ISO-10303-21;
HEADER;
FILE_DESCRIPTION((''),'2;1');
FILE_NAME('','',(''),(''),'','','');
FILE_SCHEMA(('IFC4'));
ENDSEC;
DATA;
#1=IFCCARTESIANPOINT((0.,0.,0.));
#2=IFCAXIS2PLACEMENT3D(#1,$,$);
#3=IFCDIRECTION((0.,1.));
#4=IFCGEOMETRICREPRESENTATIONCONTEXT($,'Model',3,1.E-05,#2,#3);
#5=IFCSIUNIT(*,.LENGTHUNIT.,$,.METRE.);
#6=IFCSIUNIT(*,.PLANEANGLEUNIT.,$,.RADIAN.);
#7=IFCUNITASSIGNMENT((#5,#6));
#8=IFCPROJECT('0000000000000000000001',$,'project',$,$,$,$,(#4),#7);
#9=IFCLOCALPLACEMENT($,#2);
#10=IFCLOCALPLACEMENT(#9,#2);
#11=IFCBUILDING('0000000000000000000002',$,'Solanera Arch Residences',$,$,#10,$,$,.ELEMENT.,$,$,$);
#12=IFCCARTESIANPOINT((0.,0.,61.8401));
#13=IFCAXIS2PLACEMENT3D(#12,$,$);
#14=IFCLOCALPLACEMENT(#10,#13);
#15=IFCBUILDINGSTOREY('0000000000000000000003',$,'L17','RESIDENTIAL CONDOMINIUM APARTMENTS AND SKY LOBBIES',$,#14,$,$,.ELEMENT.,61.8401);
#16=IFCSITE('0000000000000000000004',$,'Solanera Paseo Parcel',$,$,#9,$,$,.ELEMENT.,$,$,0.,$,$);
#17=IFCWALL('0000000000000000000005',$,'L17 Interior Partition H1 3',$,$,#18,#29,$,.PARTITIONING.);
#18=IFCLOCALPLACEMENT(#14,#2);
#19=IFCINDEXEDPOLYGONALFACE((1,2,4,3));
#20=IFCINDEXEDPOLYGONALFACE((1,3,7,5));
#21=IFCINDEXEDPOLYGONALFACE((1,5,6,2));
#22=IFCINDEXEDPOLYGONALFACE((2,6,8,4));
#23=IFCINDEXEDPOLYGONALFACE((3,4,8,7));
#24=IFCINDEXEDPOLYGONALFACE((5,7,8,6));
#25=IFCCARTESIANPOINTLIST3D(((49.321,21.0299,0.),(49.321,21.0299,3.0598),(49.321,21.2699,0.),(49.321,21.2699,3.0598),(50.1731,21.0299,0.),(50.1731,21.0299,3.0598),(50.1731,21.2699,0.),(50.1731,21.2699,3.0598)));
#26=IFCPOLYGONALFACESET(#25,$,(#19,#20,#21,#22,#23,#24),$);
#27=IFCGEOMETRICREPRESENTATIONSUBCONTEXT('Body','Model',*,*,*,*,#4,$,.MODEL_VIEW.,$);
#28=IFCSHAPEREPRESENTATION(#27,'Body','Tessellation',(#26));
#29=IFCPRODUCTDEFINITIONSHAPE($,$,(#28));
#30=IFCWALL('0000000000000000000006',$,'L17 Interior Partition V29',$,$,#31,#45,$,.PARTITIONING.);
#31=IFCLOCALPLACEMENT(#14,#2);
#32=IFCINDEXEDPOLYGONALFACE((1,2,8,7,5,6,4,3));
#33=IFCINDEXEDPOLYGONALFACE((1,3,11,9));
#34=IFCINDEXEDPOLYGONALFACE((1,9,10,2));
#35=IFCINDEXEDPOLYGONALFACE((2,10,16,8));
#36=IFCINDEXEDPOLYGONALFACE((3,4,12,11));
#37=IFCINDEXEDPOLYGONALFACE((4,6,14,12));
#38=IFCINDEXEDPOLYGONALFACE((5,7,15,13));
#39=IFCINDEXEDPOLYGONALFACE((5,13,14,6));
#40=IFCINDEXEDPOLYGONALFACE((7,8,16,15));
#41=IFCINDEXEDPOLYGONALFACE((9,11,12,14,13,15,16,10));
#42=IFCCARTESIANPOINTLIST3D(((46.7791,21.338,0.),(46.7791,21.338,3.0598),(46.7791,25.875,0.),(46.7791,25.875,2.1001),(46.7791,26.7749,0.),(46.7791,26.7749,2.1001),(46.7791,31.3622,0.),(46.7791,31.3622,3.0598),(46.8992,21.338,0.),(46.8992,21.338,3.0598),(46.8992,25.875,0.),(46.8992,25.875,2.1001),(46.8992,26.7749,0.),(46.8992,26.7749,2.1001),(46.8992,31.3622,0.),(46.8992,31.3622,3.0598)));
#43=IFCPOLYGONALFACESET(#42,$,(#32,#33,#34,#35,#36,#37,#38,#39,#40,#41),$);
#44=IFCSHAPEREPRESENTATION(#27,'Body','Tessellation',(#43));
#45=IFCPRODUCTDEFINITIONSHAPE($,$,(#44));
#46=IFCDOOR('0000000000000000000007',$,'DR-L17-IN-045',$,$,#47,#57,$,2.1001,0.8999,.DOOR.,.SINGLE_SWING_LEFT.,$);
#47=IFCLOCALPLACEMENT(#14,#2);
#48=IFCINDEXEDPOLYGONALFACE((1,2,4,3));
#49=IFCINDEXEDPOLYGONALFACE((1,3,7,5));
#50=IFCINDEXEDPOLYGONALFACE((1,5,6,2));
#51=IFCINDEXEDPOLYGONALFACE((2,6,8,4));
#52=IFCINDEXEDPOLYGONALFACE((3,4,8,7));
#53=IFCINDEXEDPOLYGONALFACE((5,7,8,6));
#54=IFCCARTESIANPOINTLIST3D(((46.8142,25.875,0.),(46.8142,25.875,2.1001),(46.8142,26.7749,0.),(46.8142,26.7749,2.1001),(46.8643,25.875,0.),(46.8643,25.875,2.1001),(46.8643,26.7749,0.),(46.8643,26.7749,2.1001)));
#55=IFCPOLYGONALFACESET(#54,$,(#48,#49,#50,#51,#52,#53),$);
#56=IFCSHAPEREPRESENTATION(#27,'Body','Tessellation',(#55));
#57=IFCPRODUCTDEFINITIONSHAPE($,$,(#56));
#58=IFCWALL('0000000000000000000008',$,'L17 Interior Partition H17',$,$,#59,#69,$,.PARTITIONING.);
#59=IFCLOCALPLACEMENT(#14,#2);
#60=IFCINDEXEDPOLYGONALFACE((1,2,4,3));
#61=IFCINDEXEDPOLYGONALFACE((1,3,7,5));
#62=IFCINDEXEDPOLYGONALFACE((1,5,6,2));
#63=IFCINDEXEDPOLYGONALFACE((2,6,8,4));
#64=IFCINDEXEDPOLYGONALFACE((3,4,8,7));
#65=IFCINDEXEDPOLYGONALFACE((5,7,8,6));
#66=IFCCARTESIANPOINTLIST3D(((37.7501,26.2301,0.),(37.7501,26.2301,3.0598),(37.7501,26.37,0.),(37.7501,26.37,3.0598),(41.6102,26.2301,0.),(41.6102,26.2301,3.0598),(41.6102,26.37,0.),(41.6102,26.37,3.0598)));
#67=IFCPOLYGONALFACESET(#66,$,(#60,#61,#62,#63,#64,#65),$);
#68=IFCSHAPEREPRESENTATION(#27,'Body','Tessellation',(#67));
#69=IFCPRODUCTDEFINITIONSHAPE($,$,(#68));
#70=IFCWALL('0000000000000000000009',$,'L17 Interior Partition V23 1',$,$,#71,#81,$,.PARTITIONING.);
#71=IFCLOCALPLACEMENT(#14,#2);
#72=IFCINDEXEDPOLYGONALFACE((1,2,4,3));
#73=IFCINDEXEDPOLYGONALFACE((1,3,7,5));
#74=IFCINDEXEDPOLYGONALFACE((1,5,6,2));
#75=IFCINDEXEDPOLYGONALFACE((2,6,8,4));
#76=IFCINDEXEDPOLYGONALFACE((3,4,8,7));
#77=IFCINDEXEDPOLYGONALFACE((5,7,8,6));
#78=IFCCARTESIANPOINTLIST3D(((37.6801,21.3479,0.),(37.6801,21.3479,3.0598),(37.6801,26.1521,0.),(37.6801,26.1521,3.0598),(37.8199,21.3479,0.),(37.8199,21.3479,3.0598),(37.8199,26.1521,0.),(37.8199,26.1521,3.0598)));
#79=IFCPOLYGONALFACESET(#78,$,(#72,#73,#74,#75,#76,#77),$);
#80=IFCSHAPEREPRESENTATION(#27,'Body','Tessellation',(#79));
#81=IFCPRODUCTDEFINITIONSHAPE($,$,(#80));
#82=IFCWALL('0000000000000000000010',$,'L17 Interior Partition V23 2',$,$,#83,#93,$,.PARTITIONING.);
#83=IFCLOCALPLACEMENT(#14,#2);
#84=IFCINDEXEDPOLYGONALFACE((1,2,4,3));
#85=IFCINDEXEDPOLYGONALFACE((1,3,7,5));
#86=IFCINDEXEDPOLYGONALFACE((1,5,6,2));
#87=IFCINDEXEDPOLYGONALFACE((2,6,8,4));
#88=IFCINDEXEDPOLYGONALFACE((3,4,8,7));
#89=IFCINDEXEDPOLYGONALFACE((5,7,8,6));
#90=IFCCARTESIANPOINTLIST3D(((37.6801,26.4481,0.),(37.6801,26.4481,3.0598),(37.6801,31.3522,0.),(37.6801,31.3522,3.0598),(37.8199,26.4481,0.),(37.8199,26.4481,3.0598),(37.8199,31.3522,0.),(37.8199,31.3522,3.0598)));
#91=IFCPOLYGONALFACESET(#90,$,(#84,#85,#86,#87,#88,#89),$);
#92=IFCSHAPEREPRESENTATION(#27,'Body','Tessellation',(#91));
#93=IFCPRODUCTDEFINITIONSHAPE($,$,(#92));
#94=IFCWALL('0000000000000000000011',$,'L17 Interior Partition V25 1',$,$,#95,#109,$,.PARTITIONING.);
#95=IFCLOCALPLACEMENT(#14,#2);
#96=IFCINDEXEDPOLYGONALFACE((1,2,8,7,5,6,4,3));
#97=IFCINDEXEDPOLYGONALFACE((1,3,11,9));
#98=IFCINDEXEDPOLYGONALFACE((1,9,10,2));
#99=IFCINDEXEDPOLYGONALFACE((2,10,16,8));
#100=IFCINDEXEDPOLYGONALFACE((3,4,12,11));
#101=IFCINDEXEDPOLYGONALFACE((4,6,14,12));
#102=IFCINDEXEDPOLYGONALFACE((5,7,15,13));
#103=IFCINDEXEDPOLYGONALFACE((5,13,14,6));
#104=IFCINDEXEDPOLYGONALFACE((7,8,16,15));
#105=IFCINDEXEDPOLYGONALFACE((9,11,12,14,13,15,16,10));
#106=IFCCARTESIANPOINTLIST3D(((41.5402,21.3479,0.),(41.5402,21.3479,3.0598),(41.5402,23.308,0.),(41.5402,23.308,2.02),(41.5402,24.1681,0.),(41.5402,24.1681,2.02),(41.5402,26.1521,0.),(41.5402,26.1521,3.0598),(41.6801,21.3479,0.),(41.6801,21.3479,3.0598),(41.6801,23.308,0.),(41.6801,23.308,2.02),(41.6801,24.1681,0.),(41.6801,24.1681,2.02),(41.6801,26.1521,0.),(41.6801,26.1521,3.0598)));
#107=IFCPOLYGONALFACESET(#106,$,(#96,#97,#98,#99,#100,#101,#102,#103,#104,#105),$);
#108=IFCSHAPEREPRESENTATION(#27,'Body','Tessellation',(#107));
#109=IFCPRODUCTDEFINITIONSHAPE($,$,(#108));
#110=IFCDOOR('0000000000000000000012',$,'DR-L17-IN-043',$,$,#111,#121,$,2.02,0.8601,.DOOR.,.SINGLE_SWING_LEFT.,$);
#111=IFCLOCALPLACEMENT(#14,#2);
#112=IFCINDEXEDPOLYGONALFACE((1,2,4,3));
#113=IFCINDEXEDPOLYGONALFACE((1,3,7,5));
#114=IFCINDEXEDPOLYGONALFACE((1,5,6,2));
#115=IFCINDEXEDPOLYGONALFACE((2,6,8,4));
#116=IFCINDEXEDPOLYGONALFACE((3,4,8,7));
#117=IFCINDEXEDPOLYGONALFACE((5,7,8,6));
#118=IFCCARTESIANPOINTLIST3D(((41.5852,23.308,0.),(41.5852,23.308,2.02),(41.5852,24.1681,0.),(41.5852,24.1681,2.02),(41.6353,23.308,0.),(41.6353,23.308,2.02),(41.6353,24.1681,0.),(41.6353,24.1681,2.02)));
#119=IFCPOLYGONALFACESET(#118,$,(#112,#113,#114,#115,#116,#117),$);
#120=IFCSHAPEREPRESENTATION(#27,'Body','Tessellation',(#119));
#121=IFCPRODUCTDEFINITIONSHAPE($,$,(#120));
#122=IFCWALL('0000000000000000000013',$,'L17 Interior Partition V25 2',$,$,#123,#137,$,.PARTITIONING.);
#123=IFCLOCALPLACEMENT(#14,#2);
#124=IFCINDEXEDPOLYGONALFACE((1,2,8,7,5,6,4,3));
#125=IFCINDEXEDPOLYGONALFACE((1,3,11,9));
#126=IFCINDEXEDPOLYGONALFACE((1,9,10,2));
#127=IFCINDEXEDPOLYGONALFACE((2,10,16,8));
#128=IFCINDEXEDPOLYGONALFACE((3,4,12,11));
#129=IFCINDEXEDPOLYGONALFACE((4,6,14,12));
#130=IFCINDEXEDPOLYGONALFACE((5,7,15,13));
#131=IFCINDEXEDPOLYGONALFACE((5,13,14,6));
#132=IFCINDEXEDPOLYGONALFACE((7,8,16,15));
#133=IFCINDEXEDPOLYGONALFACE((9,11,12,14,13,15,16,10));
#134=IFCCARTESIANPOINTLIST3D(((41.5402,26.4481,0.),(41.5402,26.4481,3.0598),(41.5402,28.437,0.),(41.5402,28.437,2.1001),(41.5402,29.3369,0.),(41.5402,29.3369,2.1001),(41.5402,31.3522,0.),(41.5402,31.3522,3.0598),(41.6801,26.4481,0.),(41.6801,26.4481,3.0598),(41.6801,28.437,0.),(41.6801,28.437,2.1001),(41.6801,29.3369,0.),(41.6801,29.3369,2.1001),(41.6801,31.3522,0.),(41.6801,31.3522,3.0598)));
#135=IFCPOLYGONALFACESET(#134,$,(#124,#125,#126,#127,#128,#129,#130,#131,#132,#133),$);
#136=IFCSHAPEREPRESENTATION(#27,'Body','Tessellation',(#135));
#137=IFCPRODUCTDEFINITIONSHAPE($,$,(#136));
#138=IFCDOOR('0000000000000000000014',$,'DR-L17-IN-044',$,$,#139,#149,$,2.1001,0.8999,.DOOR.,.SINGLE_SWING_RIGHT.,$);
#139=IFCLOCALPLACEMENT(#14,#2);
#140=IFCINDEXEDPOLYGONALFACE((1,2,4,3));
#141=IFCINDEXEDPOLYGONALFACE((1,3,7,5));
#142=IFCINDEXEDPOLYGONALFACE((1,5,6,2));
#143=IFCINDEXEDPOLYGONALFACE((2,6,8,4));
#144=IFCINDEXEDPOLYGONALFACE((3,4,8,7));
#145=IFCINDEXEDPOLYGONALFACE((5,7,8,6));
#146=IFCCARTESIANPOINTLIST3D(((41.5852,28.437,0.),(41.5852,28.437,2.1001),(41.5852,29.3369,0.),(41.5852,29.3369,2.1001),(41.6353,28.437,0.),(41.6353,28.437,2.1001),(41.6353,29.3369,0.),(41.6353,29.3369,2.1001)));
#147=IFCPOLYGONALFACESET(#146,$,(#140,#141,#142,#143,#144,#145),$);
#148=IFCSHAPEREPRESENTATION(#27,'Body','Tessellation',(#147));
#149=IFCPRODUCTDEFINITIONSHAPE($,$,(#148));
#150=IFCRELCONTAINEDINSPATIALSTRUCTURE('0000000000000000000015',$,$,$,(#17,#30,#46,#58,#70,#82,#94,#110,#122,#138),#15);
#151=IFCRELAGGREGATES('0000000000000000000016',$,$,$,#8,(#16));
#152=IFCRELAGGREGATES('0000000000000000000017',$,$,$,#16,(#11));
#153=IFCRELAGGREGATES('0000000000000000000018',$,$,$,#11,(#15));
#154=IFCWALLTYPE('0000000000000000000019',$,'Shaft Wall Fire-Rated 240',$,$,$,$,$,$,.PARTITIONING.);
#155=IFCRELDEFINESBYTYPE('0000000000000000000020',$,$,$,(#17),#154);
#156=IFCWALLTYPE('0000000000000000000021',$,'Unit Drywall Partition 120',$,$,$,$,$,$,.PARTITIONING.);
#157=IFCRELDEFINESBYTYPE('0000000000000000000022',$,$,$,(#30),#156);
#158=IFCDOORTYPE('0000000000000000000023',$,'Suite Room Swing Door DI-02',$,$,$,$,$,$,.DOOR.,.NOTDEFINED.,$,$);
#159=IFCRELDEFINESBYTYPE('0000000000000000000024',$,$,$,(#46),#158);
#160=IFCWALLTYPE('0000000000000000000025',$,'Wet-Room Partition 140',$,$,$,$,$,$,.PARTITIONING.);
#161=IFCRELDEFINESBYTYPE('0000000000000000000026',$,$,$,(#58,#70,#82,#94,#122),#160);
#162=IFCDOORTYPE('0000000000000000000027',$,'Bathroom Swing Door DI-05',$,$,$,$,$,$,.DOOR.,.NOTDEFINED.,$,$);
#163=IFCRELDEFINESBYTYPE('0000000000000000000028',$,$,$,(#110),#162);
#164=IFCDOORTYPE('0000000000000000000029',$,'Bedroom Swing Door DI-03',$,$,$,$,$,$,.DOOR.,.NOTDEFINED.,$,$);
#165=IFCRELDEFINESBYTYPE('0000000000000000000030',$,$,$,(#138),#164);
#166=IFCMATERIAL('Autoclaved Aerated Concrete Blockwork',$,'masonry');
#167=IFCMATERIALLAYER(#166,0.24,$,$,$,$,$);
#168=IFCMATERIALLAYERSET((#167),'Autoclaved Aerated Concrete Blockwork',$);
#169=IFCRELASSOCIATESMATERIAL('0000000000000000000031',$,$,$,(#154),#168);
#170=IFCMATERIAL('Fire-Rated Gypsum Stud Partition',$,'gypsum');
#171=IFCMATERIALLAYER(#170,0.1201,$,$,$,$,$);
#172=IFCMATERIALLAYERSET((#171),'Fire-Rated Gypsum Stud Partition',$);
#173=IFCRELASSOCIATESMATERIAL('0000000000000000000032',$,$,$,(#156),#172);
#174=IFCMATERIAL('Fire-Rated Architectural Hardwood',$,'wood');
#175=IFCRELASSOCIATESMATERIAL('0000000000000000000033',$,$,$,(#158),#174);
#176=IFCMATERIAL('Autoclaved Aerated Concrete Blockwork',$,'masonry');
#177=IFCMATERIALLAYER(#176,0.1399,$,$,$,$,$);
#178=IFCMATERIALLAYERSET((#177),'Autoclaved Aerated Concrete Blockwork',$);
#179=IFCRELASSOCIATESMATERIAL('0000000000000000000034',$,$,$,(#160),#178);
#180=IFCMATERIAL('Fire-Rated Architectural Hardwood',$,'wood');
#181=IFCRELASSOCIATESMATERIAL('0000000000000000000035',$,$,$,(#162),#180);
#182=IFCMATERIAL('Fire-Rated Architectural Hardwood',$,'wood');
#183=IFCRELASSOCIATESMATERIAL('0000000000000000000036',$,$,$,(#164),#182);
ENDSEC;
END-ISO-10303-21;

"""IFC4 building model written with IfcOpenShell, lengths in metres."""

from ifc_helpers import new_model, si_unit, direction, frame, frame_2d, origin, place, context, subcontext, project, spatial, rectangle, extrude, material, layer, layer_set, type_object, element, fill, save


model = new_model("IFC4")

# Units and contexts
model_context = context("Model", 3, precision=1e-05, world=origin(), true_north=direction((0.0, 1.0)))
body_context = subcontext(model_context, "Body", "Model", "MODEL_VIEW")
ifc_project = project(units=[si_unit("LENGTHUNIT", "METRE"), si_unit("PLANEANGLEUNIT", "RADIAN")], contexts=[model_context])

# Site, building, storey
site_placement = place(None, origin())
site = spatial("IfcSite", under=ifc_project, at=site_placement, Name="Solanera Paseo Parcel", CompositionType="ELEMENT", RefElevation=0.0)
building_placement = place(site_placement, origin())
building = spatial("IfcBuilding", under=site, at=building_placement, Name="Solanera Arch Residences", CompositionType="ELEMENT")
storey_placement = place(building_placement, frame((0.0, 0.0, 61.8401)))
storey = spatial("IfcBuildingStorey", under=building, at=storey_placement, Name="L17", Description="RESIDENTIAL CONDOMINIUM APARTMENTS AND SKY LOBBIES", CompositionType="ELEMENT", Elevation=61.8401)

# Shared definitions
ifc_material_1 = material(Name="Autoclaved Aerated Concrete Blockwork", Category="masonry")
ifc_layer_1 = layer(ifc_material_1, 0.24)
ifc_layer_set_1 = layer_set([ifc_layer_1], Name="Autoclaved Aerated Concrete Blockwork")
wall_type_1 = type_object("IfcWallType", Name="Shaft Wall Fire-Rated 240", PredefinedType="PARTITIONING", material=ifc_layer_set_1)

# Wall
wall_1_placement = place(storey_placement, frame((49.321, 21.1499, 0.0), z_axis=(0.0, 0.0, 1.0), x_axis=(1.0, 0.0, 0.0)))
element("IfcWall", 1, at=wall_1_placement, inside=storey, type_object=wall_type_1, Name="L17 Interior Partition H1 3", PredefinedType="PARTITIONING", context=body_context, shape_type="SweptSolid", body=[
    extrude(rectangle(XDim=0.8521, YDim=0.24, at=frame_2d((0.426, 0.0))), origin(), (0.0, 0.0, 1.0), 3.0598),
])

# Wall, opening, door
ifc_material_2 = material(Name="Fire-Rated Gypsum Stud Partition", Category="gypsum")
ifc_layer_2 = layer(ifc_material_2, 0.1201)
ifc_layer_set_2 = layer_set([ifc_layer_2], Name="Fire-Rated Gypsum Stud Partition")
wall_type_2 = type_object("IfcWallType", Name="Unit Drywall Partition 120", PredefinedType="PARTITIONING", material=ifc_layer_set_2)
wall_2_placement = place(storey_placement, frame((46.8391, 21.3379, 0.0), z_axis=(0.0, 0.0, 1.0), x_axis=(0.0, 1.0, 0.0)))
wall_2 = element("IfcWall", 2, at=wall_2_placement, inside=storey, type_object=wall_type_2, Name="L17 Interior Partition V29", PredefinedType="PARTITIONING", context=body_context, shape_type="SweptSolid", body=[
    extrude(rectangle(XDim=10.0242, YDim=0.1201, at=frame_2d((5.0122, 0.0))), origin(), (0.0, 0.0, 1.0), 3.0598),
])
opening_1_placement = place(wall_2_placement, frame((4.5371, 0.0, 0.0)))
opening_1 = element("IfcOpeningElement", 3, at=opening_1_placement, cuts=wall_2, PredefinedType="OPENING", context=body_context, shape_type="SweptSolid", body=[
    extrude(rectangle(XDim=0.8999, YDim=2.1001, at=frame_2d((0.45, 1.05))), frame((0.0, 0.0701, 0.0), z_axis=(0.0, -1.0, 0.0), x_axis=(1.0, 0.0, 0.0)), (0.0, 0.0, 1.0), 0.1401),
])
ifc_material_3 = material(Name="Fire-Rated Architectural Hardwood", Category="wood")
door_type_1 = type_object("IfcDoorType", Name="Suite Room Swing Door DI-02", OperationType="NOTDEFINED", PredefinedType="DOOR", material=ifc_material_3)
door_1_placement = place(opening_1_placement, origin())
door_1 = element("IfcDoor", 4, at=door_1_placement, inside=storey, type_object=door_type_1, Name="DR-L17-IN-045", OperationType="SINGLE_SWING_LEFT", OverallHeight=2.1001, OverallWidth=0.8999, PredefinedType="DOOR", context=body_context, shape_type="SweptSolid", body=[
    extrude(rectangle(XDim=0.8999, YDim=2.1001, at=frame_2d((0.45, 1.05))), frame((0.0, 0.0249, 0.0), z_axis=(0.0, -1.0, 0.0), x_axis=(1.0, 0.0, 0.0)), (0.0, 0.0, 1.0), 0.05),
])
fill(opening_1, door_1)

# Walls
ifc_material_4 = material(Name="Autoclaved Aerated Concrete Blockwork", Category="masonry")
ifc_layer_3 = layer(ifc_material_4, 0.1399)
ifc_layer_set_3 = layer_set([ifc_layer_3], Name="Autoclaved Aerated Concrete Blockwork")
wall_type_3 = type_object("IfcWallType", Name="Wet-Room Partition 140", PredefinedType="PARTITIONING", material=ifc_layer_set_3)
wall_3_placement = place(storey_placement, frame((37.75, 26.3, 0.0), z_axis=(0.0, 0.0, 1.0), x_axis=(1.0, 0.0, 0.0)))
element("IfcWall", 5, at=wall_3_placement, inside=storey, type_object=wall_type_3, Name="L17 Interior Partition H17", PredefinedType="PARTITIONING", context=body_context, shape_type="SweptSolid", body=[
    extrude(rectangle(XDim=3.8601, YDim=0.1399, at=frame_2d((1.9302, 0.0))), origin(), (0.0, 0.0, 1.0), 3.0598),
])
wall_4_placement = place(storey_placement, frame((37.75, 21.3479, 0.0), z_axis=(0.0, 0.0, 1.0), x_axis=(0.0, 1.0, 0.0)))
element("IfcWall", 6, at=wall_4_placement, inside=storey, type_object=wall_type_3, Name="L17 Interior Partition V23 1", PredefinedType="PARTITIONING", context=body_context, shape_type="SweptSolid", body=[
    extrude(rectangle(XDim=4.8042, YDim=0.1399, at=frame_2d((2.4021, 0.0))), origin(), (0.0, 0.0, 1.0), 3.0598),
])
wall_5_placement = place(storey_placement, frame((37.75, 26.448, 0.0), z_axis=(0.0, 0.0, 1.0), x_axis=(0.0, 1.0, 0.0)))
element("IfcWall", 7, at=wall_5_placement, inside=storey, type_object=wall_type_3, Name="L17 Interior Partition V23 2", PredefinedType="PARTITIONING", context=body_context, shape_type="SweptSolid", body=[
    extrude(rectangle(XDim=4.9041, YDim=0.1399, at=frame_2d((2.4521, 0.0))), origin(), (0.0, 0.0, 1.0), 3.0598),
])

# Walls, openings, doors
wall_6_placement = place(storey_placement, frame((41.6101, 21.3479, 0.0), z_axis=(0.0, 0.0, 1.0), x_axis=(0.0, 1.0, 0.0)))
wall_6 = element("IfcWall", 8, at=wall_6_placement, inside=storey, type_object=wall_type_3, Name="L17 Interior Partition V25 1", PredefinedType="PARTITIONING", context=body_context, shape_type="SweptSolid", body=[
    extrude(rectangle(XDim=4.8042, YDim=0.1399, at=frame_2d((2.4021, 0.0))), origin(), (0.0, 0.0, 1.0), 3.0598),
])
opening_2_placement = place(wall_6_placement, frame((1.96, 0.0, 0.0)))
opening_2 = element("IfcOpeningElement", 9, at=opening_2_placement, cuts=wall_6, PredefinedType="OPENING", context=body_context, shape_type="SweptSolid", body=[
    extrude(rectangle(XDim=0.8601, YDim=2.02, at=frame_2d((0.4302, 1.01))), frame((0.0, 0.0798, 0.0), z_axis=(0.0, -1.0, 0.0), x_axis=(1.0, 0.0, 0.0)), (0.0, 0.0, 1.0), 0.1599),
])
ifc_material_5 = material(Name="Fire-Rated Architectural Hardwood", Category="wood")
door_type_2 = type_object("IfcDoorType", Name="Bathroom Swing Door DI-05", OperationType="NOTDEFINED", PredefinedType="DOOR", material=ifc_material_5)
door_2_placement = place(opening_2_placement, origin())
door_2 = element("IfcDoor", 10, at=door_2_placement, inside=storey, type_object=door_type_2, Name="DR-L17-IN-043", OperationType="SINGLE_SWING_LEFT", OverallHeight=2.02, OverallWidth=0.8601, PredefinedType="DOOR", context=body_context, shape_type="SweptSolid", body=[
    extrude(rectangle(XDim=0.8601, YDim=2.02, at=frame_2d((0.4302, 1.01))), frame((0.0, 0.0249, 0.0), z_axis=(0.0, -1.0, 0.0), x_axis=(1.0, 0.0, 0.0)), (0.0, 0.0, 1.0), 0.05),
])
fill(opening_2, door_2)
wall_7_placement = place(storey_placement, frame((41.6101, 26.448, 0.0), z_axis=(0.0, 0.0, 1.0), x_axis=(0.0, 1.0, 0.0)))
wall_7 = element("IfcWall", 11, at=wall_7_placement, inside=storey, type_object=wall_type_3, Name="L17 Interior Partition V25 2", PredefinedType="PARTITIONING", context=body_context, shape_type="SweptSolid", body=[
    extrude(rectangle(XDim=4.9041, YDim=0.1399, at=frame_2d((2.4521, 0.0))), origin(), (0.0, 0.0, 1.0), 3.0598),
])
opening_3_placement = place(wall_7_placement, frame((1.989, 0.0, 0.0)))
opening_3 = element("IfcOpeningElement", 12, at=opening_3_placement, cuts=wall_7, PredefinedType="OPENING", context=body_context, shape_type="SweptSolid", body=[
    extrude(rectangle(XDim=0.8999, YDim=2.1001, at=frame_2d((0.45, 1.05))), frame((0.0, 0.0798, 0.0), z_axis=(0.0, -1.0, 0.0), x_axis=(1.0, 0.0, 0.0)), (0.0, 0.0, 1.0), 0.1599),
])
ifc_material_6 = material(Name="Fire-Rated Architectural Hardwood", Category="wood")
door_type_3 = type_object("IfcDoorType", Name="Bedroom Swing Door DI-03", OperationType="NOTDEFINED", PredefinedType="DOOR", material=ifc_material_6)
door_3_placement = place(opening_3_placement, origin())
door_3 = element("IfcDoor", 13, at=door_3_placement, inside=storey, type_object=door_type_3, Name="DR-L17-IN-044", OperationType="SINGLE_SWING_RIGHT", OverallHeight=2.1001, OverallWidth=0.8999, PredefinedType="DOOR", context=body_context, shape_type="SweptSolid", body=[
    extrude(rectangle(XDim=0.8999, YDim=2.1001, at=frame_2d((0.45, 1.05))), frame((0.0, 0.0249, 0.0), z_axis=(0.0, -1.0, 0.0), x_axis=(1.0, 0.0, 0.0)), (0.0, 0.0, 1.0), 0.05),
])
fill(opening_3, door_3)

save(model, "model.ifc")
